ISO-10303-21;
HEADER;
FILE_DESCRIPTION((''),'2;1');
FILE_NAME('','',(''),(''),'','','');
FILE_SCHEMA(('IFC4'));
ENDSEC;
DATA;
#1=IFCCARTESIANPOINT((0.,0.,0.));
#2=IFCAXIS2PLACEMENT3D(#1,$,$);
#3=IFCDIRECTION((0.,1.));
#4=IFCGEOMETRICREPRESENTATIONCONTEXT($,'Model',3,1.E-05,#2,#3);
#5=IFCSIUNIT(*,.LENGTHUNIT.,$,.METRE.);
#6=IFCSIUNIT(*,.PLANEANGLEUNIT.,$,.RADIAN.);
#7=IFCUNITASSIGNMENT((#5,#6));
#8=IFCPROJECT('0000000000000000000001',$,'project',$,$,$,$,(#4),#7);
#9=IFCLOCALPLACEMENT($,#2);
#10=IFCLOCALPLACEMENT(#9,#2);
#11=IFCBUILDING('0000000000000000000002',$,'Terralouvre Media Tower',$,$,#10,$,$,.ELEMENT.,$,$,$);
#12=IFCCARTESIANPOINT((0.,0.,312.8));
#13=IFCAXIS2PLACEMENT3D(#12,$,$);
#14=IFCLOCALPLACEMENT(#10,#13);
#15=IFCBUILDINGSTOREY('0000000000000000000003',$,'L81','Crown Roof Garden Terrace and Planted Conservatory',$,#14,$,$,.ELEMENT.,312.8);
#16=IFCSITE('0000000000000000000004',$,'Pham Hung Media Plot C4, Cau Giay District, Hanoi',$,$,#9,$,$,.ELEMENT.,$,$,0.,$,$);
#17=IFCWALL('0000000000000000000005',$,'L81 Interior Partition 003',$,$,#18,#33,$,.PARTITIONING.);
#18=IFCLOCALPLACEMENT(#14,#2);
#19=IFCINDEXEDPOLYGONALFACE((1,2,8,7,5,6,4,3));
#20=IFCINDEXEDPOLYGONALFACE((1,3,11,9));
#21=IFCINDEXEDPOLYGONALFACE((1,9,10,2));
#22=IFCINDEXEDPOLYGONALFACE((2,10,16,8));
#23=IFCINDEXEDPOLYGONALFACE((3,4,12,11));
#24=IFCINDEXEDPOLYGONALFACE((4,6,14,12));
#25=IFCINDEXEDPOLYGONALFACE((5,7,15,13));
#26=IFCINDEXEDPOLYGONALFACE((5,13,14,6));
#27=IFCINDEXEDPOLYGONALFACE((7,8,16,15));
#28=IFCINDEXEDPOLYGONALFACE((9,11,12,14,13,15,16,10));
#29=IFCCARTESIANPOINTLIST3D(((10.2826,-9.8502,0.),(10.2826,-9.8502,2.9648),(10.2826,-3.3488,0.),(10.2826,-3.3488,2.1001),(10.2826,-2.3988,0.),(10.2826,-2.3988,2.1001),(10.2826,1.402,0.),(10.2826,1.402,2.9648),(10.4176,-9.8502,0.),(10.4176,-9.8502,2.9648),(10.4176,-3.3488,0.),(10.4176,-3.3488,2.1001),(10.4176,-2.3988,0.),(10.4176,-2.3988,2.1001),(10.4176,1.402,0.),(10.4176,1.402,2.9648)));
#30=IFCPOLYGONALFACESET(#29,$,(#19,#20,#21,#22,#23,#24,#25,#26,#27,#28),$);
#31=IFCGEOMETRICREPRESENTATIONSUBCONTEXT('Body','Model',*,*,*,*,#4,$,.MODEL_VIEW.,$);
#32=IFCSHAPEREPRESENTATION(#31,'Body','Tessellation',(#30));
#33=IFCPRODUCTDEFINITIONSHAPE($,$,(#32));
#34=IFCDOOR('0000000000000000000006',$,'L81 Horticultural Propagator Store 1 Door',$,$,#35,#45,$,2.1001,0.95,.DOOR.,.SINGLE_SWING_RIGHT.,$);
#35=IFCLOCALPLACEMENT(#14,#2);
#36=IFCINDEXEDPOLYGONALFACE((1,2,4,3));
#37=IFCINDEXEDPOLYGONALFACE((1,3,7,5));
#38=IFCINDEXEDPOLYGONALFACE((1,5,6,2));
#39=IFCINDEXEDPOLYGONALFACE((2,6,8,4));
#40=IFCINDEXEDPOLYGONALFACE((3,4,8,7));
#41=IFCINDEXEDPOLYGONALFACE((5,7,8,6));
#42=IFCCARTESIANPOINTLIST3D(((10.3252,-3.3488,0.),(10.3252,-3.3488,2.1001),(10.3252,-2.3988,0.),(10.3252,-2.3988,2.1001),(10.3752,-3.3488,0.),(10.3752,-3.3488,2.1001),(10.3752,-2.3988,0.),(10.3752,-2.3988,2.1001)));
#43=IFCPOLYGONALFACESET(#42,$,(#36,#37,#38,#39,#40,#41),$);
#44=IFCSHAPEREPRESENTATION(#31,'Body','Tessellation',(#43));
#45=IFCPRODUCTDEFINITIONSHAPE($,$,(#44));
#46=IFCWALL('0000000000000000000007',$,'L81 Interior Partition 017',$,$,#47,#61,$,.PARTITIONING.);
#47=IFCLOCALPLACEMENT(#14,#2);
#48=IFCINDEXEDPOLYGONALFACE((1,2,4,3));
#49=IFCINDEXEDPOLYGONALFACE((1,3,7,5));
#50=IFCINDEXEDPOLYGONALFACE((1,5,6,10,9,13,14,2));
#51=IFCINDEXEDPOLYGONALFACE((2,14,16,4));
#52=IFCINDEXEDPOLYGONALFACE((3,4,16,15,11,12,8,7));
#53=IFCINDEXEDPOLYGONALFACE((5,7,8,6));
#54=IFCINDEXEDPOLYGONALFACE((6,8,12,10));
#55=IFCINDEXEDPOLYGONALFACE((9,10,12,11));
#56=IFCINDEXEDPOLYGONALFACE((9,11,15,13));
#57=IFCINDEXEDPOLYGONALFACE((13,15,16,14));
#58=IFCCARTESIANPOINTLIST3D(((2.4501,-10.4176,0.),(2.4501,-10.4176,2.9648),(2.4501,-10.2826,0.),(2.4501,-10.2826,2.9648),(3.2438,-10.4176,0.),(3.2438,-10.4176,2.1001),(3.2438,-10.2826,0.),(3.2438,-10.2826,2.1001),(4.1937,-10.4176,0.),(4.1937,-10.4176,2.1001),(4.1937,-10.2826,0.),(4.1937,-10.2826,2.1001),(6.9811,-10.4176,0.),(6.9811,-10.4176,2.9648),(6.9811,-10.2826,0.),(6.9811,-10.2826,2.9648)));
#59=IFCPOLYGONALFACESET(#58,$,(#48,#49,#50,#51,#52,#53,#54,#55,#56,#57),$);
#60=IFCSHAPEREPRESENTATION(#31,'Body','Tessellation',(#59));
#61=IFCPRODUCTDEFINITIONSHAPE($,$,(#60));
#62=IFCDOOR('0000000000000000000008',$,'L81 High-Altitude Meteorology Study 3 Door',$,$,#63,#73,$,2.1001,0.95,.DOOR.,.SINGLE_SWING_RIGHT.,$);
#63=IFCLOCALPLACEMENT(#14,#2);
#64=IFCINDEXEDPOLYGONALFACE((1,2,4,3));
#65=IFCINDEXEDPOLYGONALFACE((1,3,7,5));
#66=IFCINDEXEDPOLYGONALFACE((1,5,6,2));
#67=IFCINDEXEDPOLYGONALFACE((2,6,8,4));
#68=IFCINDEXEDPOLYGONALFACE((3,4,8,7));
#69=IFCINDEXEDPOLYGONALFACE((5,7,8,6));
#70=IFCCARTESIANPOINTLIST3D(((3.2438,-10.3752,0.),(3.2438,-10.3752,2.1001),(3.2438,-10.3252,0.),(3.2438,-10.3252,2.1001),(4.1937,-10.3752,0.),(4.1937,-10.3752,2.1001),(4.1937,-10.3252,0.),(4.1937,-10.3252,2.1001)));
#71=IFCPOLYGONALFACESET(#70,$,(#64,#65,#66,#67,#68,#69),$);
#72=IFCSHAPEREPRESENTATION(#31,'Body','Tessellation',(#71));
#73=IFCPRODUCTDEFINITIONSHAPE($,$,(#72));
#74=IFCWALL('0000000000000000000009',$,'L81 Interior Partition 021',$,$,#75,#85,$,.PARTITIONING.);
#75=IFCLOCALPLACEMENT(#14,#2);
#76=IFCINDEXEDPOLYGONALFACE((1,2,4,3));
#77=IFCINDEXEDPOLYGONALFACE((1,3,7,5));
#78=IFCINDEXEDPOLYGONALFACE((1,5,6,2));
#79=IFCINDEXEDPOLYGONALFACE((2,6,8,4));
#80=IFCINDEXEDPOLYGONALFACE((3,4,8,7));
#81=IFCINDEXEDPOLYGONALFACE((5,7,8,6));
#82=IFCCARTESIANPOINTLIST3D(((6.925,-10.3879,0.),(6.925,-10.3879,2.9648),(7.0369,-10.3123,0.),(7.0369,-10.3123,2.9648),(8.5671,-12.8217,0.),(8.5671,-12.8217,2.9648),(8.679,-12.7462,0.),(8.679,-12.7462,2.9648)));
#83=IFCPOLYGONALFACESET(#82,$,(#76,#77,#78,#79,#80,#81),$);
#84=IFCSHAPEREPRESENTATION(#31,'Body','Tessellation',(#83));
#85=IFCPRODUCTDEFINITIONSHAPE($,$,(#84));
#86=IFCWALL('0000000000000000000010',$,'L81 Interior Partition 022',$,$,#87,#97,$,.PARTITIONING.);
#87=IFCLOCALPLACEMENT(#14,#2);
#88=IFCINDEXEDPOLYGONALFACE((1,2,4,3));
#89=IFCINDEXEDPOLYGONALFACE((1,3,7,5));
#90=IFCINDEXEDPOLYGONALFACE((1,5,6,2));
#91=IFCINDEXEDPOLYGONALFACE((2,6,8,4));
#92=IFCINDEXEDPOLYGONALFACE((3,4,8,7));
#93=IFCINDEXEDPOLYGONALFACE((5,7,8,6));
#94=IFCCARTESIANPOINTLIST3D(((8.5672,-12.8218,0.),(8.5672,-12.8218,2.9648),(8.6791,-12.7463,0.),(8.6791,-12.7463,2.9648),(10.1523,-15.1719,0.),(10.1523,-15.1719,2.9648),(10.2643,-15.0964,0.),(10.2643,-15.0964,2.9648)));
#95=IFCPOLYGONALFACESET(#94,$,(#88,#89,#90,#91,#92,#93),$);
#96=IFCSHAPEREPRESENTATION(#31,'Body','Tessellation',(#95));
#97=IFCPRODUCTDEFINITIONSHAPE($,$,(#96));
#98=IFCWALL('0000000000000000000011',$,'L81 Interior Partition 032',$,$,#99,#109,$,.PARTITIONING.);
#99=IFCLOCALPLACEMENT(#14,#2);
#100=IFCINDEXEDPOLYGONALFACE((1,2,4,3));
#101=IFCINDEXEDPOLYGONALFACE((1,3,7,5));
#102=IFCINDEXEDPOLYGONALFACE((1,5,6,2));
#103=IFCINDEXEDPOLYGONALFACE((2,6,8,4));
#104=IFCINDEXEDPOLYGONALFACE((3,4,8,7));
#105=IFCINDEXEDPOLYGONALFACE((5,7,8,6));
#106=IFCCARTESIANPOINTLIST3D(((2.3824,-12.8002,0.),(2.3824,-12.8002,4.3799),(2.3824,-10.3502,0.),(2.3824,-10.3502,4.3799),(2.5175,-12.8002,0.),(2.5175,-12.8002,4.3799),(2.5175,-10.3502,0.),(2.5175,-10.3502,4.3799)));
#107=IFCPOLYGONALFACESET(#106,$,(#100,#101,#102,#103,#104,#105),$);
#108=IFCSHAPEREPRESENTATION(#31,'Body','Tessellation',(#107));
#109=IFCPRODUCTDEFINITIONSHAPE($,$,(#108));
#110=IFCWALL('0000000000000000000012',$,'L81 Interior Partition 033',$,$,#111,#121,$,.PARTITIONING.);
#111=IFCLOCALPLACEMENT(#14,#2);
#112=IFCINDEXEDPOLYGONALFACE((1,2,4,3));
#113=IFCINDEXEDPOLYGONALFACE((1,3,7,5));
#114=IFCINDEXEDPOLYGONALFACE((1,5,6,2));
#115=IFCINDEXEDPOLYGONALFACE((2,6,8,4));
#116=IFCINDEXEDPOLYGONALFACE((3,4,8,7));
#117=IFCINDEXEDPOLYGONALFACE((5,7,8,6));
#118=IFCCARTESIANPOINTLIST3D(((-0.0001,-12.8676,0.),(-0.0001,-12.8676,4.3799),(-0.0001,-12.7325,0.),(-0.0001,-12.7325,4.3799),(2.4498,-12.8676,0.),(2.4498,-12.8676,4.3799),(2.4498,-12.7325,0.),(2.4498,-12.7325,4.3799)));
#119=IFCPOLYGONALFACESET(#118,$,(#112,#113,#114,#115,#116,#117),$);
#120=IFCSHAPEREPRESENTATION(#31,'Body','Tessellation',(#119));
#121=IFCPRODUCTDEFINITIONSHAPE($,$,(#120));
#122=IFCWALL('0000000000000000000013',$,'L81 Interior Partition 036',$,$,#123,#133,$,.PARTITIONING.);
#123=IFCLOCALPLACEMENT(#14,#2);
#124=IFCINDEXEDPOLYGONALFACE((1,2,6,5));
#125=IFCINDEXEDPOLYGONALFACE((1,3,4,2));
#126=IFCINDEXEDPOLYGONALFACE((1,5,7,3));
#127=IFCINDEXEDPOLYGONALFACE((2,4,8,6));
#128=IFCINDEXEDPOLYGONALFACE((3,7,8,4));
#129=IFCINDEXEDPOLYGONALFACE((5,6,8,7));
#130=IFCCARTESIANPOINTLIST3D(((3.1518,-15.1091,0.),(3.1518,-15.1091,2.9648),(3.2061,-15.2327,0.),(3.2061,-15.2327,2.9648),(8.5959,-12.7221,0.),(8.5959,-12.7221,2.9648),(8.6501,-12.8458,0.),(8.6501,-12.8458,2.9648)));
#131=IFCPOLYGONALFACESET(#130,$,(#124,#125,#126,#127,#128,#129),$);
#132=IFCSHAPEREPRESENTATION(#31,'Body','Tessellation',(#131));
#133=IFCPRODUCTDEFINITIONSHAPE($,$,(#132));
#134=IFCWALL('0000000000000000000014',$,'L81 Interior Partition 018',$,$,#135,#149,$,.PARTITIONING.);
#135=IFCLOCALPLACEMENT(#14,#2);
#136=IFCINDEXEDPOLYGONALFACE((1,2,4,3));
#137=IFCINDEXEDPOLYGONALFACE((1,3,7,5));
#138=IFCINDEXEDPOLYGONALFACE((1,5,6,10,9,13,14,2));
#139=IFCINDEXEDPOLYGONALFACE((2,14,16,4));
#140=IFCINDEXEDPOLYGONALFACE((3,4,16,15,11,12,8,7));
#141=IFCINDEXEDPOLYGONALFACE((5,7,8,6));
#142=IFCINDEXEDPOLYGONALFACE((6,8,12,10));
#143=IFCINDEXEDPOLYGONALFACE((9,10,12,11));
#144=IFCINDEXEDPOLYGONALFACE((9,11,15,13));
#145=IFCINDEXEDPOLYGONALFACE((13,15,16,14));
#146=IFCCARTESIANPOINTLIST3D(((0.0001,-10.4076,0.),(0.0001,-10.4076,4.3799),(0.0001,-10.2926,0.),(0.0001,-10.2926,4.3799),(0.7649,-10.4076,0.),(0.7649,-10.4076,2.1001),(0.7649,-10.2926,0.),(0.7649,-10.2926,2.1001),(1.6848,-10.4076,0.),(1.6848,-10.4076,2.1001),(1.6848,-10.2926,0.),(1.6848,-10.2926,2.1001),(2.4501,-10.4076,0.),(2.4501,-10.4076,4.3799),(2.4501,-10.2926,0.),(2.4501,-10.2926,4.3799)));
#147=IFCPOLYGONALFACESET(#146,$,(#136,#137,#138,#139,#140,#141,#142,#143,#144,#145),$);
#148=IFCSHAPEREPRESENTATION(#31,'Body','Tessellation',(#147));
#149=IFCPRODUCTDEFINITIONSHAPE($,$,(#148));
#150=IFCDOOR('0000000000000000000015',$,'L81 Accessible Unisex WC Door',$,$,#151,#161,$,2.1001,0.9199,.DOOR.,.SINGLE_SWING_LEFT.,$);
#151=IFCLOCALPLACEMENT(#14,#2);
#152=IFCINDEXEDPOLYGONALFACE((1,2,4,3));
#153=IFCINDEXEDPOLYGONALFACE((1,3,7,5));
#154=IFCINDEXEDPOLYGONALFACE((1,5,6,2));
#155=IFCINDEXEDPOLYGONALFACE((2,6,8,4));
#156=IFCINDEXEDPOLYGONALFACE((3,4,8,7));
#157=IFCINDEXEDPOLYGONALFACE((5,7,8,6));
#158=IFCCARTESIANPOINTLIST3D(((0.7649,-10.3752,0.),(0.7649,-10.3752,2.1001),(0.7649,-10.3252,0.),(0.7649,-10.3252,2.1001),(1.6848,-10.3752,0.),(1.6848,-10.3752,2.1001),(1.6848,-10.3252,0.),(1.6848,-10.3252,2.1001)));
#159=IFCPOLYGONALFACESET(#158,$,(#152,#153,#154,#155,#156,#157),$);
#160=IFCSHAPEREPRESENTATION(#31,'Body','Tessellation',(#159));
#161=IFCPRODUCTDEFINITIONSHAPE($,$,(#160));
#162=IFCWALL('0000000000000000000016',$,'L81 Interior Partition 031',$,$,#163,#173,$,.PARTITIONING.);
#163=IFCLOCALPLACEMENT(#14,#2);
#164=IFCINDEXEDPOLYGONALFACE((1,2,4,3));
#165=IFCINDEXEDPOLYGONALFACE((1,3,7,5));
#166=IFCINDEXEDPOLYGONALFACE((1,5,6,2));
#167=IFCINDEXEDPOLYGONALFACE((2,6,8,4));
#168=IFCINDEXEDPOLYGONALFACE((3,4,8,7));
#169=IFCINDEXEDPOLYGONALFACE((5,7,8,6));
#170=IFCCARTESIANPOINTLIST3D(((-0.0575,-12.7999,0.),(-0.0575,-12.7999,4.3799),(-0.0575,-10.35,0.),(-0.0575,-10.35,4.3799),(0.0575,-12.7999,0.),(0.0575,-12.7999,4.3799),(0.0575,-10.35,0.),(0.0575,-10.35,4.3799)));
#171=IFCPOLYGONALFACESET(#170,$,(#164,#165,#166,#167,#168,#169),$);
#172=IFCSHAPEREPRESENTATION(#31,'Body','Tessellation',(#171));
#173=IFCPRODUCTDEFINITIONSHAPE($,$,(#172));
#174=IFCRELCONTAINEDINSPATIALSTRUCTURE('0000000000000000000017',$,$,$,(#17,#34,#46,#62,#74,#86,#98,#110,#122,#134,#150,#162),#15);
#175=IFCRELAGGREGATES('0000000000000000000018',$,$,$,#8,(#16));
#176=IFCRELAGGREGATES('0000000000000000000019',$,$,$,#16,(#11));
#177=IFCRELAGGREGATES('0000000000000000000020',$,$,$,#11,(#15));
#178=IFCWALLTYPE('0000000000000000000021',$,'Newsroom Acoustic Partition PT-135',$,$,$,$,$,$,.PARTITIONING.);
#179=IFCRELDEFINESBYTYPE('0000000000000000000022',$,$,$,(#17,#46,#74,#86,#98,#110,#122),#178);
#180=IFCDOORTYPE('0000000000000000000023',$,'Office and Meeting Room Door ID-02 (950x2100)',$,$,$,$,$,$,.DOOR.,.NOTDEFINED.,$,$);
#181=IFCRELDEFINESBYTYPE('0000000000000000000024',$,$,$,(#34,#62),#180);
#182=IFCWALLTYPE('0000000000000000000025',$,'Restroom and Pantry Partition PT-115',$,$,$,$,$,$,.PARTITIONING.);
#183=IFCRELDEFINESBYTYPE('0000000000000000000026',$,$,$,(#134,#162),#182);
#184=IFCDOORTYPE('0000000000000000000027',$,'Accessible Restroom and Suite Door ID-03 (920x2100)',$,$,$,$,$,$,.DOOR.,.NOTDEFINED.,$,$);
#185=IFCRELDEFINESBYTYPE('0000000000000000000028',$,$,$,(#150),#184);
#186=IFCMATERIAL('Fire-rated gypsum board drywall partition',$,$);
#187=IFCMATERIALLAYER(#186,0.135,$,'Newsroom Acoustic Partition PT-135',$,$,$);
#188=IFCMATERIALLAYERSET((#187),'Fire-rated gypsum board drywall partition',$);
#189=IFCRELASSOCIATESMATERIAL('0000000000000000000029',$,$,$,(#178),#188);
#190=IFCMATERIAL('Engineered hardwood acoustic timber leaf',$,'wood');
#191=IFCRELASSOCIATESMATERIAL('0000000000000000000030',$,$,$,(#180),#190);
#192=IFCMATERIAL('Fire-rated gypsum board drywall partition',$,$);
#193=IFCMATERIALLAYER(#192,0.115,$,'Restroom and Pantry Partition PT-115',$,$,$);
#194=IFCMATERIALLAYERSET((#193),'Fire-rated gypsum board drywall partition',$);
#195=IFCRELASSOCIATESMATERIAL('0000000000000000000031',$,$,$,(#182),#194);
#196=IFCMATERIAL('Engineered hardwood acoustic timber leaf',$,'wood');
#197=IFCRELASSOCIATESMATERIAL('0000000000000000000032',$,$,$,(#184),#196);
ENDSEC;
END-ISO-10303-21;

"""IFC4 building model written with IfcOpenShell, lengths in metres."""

from ifc_helpers import new_model, si_unit, direction, frame, frame_2d, origin, place, context, subcontext, project, spatial, rectangle, extrude, material, layer, layer_set, type_object, element, fill, save


model = new_model("IFC4")

# Units and contexts
model_context = context("Model", 3, precision=1e-05, world=origin(), true_north=direction((0.0, 1.0)))
body_context = subcontext(model_context, "Body", "Model", "MODEL_VIEW")
ifc_project = project(units=[si_unit("LENGTHUNIT", "METRE"), si_unit("PLANEANGLEUNIT", "RADIAN")], contexts=[model_context])

# Site, building, storey
site_placement = place(None, origin())
site = spatial("IfcSite", under=ifc_project, at=site_placement, Name="Pham Hung Media Plot C4, Cau Giay District, Hanoi", CompositionType="ELEMENT", RefElevation=0.0)
building_placement = place(site_placement, origin())
building = spatial("IfcBuilding", under=site, at=building_placement, Name="Terralouvre Media Tower", CompositionType="ELEMENT")
storey_placement = place(building_placement, frame((0.0, 0.0, 312.8)))
storey = spatial("IfcBuildingStorey", under=building, at=storey_placement, Name="L81", Description="Crown Roof Garden Terrace and Planted Conservatory", CompositionType="ELEMENT", Elevation=312.8)

# Shared definitions
ifc_material_1 = material(Name="Fire-rated gypsum board drywall partition")
ifc_layer_1 = layer(ifc_material_1, 0.135, Name="Newsroom Acoustic Partition PT-135")
ifc_layer_set_1 = layer_set([ifc_layer_1], Name="Fire-rated gypsum board drywall partition")
wall_type_1 = type_object("IfcWallType", Name="Newsroom Acoustic Partition PT-135", PredefinedType="PARTITIONING", material=ifc_layer_set_1)

# Walls, openings, doors
wall_1_placement = place(storey_placement, frame((10.3501, -9.8501, 0.0), z_axis=(0.0, 0.0, 1.0), x_axis=(0.0, 1.0, 0.0)))
wall_1 = element("IfcWall", 1, at=wall_1_placement, inside=storey, type_object=wall_type_1, Name="L81 Interior Partition 003", PredefinedType="PARTITIONING", context=body_context, shape_type="SweptSolid", body=[
    extrude(rectangle(XDim=11.2522, YDim=0.135, at=frame_2d((5.626, 0.0))), origin(), (0.0, 0.0, 1.0), 2.9648),
])
opening_1_placement = place(wall_1_placement, frame((6.5012, 0.0, 0.0)))
opening_1 = element("IfcOpeningElement", 2, at=opening_1_placement, cuts=wall_1, PredefinedType="OPENING", context=body_context, shape_type="SweptSolid", body=[
    extrude(rectangle(XDim=0.95, YDim=2.1001, at=frame_2d((0.4751, 1.05))), frame((0.0, 0.0774, 0.0), z_axis=(0.0, -1.0, 0.0), x_axis=(1.0, 0.0, 0.0)), (0.0, 0.0, 1.0), 0.155),
])
ifc_material_2 = material(Name="Engineered hardwood acoustic timber leaf", Category="wood")
door_type_1 = type_object("IfcDoorType", Name="Office and Meeting Room Door ID-02 (950x2100)", OperationType="NOTDEFINED", PredefinedType="DOOR", material=ifc_material_2)
door_1_placement = place(opening_1_placement, origin())
door_1 = element("IfcDoor", 3, at=door_1_placement, inside=storey, type_object=door_type_1, Name="L81 Horticultural Propagator Store 1 Door", OperationType="SINGLE_SWING_RIGHT", OverallHeight=2.1001, OverallWidth=0.95, PredefinedType="DOOR", context=body_context, shape_type="SweptSolid", body=[
    extrude(rectangle(XDim=0.95, YDim=2.1001, at=frame_2d((0.4751, 1.05))), frame((0.0, 0.0249, 0.0), z_axis=(0.0, -1.0, 0.0), x_axis=(1.0, 0.0, 0.0)), (0.0, 0.0, 1.0), 0.05),
])
fill(opening_1, door_1)
wall_2_placement = place(storey_placement, frame((2.45, -10.3501, 0.0), z_axis=(0.0, 0.0, 1.0), x_axis=(1.0, 0.0, 0.0)))
wall_2 = element("IfcWall", 4, at=wall_2_placement, inside=storey, type_object=wall_type_1, Name="L81 Interior Partition 017", PredefinedType="PARTITIONING", context=body_context, shape_type="SweptSolid", body=[
    extrude(rectangle(XDim=4.531, YDim=0.135, at=frame_2d((2.2656, 0.0))), origin(), (0.0, 0.0, 1.0), 2.9648),
])
opening_2_placement = place(wall_2_placement, frame((0.7937, 0.0, 0.0)))
opening_2 = element("IfcOpeningElement", 5, at=opening_2_placement, cuts=wall_2, PredefinedType="OPENING", context=body_context, shape_type="SweptSolid", body=[
    extrude(rectangle(XDim=0.95, YDim=2.1001, at=frame_2d((0.4751, 1.05))), frame((0.0, 0.0774, 0.0), z_axis=(0.0, -1.0, 0.0), x_axis=(1.0, 0.0, 0.0)), (0.0, 0.0, 1.0), 0.155),
])
door_2_placement = place(opening_2_placement, origin())
door_2 = element("IfcDoor", 6, at=door_2_placement, inside=storey, type_object=door_type_1, Name="L81 High-Altitude Meteorology Study 3 Door", OperationType="SINGLE_SWING_RIGHT", OverallHeight=2.1001, OverallWidth=0.95, PredefinedType="DOOR", context=body_context, shape_type="SweptSolid", body=[
    extrude(rectangle(XDim=0.95, YDim=2.1001, at=frame_2d((0.4751, 1.05))), frame((0.0, 0.0249, 0.0), z_axis=(0.0, -1.0, 0.0), x_axis=(1.0, 0.0, 0.0)), (0.0, 0.0, 1.0), 0.05),
])
fill(opening_2, door_2)

# Walls
wall_3_placement = place(storey_placement, frame((6.981, -10.3501, 0.0), z_axis=(0.0, 0.0, 1.0), x_axis=(0.559297, -0.828967, 0.0)))
element("IfcWall", 7, at=wall_3_placement, inside=storey, type_object=wall_type_1, Name="L81 Interior Partition 021", PredefinedType="PARTITIONING", context=body_context, shape_type="SweptSolid", body=[
    extrude(rectangle(XDim=2.936, YDim=0.135, at=frame_2d((1.468, 0.0))), origin(), (0.0, 0.0, 1.0), 2.9648),
])
wall_4_placement = place(storey_placement, frame((8.623, -12.7839, 0.0), z_axis=(0.0, 0.0, 1.0), x_axis=(0.559204, -0.82903, 0.0)))
element("IfcWall", 8, at=wall_4_placement, inside=storey, type_object=wall_type_1, Name="L81 Interior Partition 022", PredefinedType="PARTITIONING", context=body_context, shape_type="SweptSolid", body=[
    extrude(rectangle(XDim=2.8347, YDim=0.135, at=frame_2d((1.4175, 0.0))), origin(), (0.0, 0.0, 1.0), 2.9648),
])
for number, where, z_axis, x_axis, name in (
    (9, (2.45, -10.3501, 0.0), (0.0, 0.0, 1.0), (0.0, -1.0, 0.0), "L81 Interior Partition 032"),
    (10, (2.45, -12.8, 0.0), (0.0, 0.0, 1.0), (-1.0, 0.0, 0.0), "L81 Interior Partition 033"),
):
    element("IfcWall", number, at=place(storey_placement, frame(where, z_axis=z_axis, x_axis=x_axis)), inside=storey, type_object=wall_type_1, Name=name, PredefinedType="PARTITIONING", context=body_context, shape_type="SweptSolid", body=[
        extrude(rectangle(XDim=2.45, YDim=0.135, at=frame_2d((1.2251, 0.0))), origin(), (0.0, 0.0, 1.0), 4.3799),
    ])
wall_5_placement = place(storey_placement, frame((3.179, -15.1709, 0.0), z_axis=(0.0, 0.0, 1.0), x_axis=(0.915837, 0.401549, 0.0)))
element("IfcWall", 11, at=wall_5_placement, inside=storey, type_object=wall_type_1, Name="L81 Interior Partition 036", PredefinedType="PARTITIONING", context=body_context, shape_type="SweptSolid", body=[
    extrude(rectangle(XDim=5.9443, YDim=0.135, at=frame_2d((2.9722, 0.0))), origin(), (0.0, 0.0, 1.0), 2.9648),
])

# Wall, opening, door
ifc_material_3 = material(Name="Fire-rated gypsum board drywall partition")
ifc_layer_2 = layer(ifc_material_3, 0.115, Name="Restroom and Pantry Partition PT-115")
ifc_layer_set_2 = layer_set([ifc_layer_2], Name="Fire-rated gypsum board drywall partition")
wall_type_2 = type_object("IfcWallType", Name="Restroom and Pantry Partition PT-115", PredefinedType="PARTITIONING", material=ifc_layer_set_2)
wall_6_placement = place(storey_placement, frame((0.0, -10.3501, 0.0), z_axis=(0.0, 0.0, 1.0), x_axis=(1.0, 0.0, 0.0)))
wall_6 = element("IfcWall", 12, at=wall_6_placement, inside=storey, type_object=wall_type_2, Name="L81 Interior Partition 018", PredefinedType="PARTITIONING", context=body_context, shape_type="SweptSolid", body=[
    extrude(rectangle(XDim=2.45, YDim=0.115, at=frame_2d((1.2251, 0.0))), origin(), (0.0, 0.0, 1.0), 4.3799),
])
opening_3_placement = place(wall_6_placement, frame((0.7649, 0.0, 0.0)))
opening_3 = element("IfcOpeningElement", 13, at=opening_3_placement, cuts=wall_6, PredefinedType="OPENING", context=body_context, shape_type="SweptSolid", body=[
    extrude(rectangle(XDim=0.9199, YDim=2.1001, at=frame_2d((0.46, 1.05))), frame((0.0, 0.0674, 0.0), z_axis=(0.0, -1.0, 0.0), x_axis=(1.0, 0.0, 0.0)), (0.0, 0.0, 1.0), 0.135),
])
ifc_material_4 = material(Name="Engineered hardwood acoustic timber leaf", Category="wood")
door_type_2 = type_object("IfcDoorType", Name="Accessible Restroom and Suite Door ID-03 (920x2100)", OperationType="NOTDEFINED", PredefinedType="DOOR", material=ifc_material_4)
door_3_placement = place(opening_3_placement, origin())
door_3 = element("IfcDoor", 14, at=door_3_placement, inside=storey, type_object=door_type_2, Name="L81 Accessible Unisex WC Door", OperationType="SINGLE_SWING_LEFT", OverallHeight=2.1001, OverallWidth=0.9199, PredefinedType="DOOR", context=body_context, shape_type="SweptSolid", body=[
    extrude(rectangle(XDim=0.9199, YDim=2.1001, at=frame_2d((0.46, 1.05))), frame((0.0, 0.0249, 0.0), z_axis=(0.0, -1.0, 0.0), x_axis=(1.0, 0.0, 0.0)), (0.0, 0.0, 1.0), 0.05),
])
fill(opening_3, door_3)

# Wall
wall_7_placement = place(storey_placement, frame((0.0, -12.8, 0.0), z_axis=(0.0, 0.0, 1.0), x_axis=(0.0, 1.0, 0.0)))
element("IfcWall", 15, at=wall_7_placement, inside=storey, type_object=wall_type_2, Name="L81 Interior Partition 031", PredefinedType="PARTITIONING", context=body_context, shape_type="SweptSolid", body=[
    extrude(rectangle(XDim=2.45, YDim=0.115, at=frame_2d((1.2251, 0.0))), origin(), (0.0, 0.0, 1.0), 4.3799),
])

save(model, "model.ifc")
